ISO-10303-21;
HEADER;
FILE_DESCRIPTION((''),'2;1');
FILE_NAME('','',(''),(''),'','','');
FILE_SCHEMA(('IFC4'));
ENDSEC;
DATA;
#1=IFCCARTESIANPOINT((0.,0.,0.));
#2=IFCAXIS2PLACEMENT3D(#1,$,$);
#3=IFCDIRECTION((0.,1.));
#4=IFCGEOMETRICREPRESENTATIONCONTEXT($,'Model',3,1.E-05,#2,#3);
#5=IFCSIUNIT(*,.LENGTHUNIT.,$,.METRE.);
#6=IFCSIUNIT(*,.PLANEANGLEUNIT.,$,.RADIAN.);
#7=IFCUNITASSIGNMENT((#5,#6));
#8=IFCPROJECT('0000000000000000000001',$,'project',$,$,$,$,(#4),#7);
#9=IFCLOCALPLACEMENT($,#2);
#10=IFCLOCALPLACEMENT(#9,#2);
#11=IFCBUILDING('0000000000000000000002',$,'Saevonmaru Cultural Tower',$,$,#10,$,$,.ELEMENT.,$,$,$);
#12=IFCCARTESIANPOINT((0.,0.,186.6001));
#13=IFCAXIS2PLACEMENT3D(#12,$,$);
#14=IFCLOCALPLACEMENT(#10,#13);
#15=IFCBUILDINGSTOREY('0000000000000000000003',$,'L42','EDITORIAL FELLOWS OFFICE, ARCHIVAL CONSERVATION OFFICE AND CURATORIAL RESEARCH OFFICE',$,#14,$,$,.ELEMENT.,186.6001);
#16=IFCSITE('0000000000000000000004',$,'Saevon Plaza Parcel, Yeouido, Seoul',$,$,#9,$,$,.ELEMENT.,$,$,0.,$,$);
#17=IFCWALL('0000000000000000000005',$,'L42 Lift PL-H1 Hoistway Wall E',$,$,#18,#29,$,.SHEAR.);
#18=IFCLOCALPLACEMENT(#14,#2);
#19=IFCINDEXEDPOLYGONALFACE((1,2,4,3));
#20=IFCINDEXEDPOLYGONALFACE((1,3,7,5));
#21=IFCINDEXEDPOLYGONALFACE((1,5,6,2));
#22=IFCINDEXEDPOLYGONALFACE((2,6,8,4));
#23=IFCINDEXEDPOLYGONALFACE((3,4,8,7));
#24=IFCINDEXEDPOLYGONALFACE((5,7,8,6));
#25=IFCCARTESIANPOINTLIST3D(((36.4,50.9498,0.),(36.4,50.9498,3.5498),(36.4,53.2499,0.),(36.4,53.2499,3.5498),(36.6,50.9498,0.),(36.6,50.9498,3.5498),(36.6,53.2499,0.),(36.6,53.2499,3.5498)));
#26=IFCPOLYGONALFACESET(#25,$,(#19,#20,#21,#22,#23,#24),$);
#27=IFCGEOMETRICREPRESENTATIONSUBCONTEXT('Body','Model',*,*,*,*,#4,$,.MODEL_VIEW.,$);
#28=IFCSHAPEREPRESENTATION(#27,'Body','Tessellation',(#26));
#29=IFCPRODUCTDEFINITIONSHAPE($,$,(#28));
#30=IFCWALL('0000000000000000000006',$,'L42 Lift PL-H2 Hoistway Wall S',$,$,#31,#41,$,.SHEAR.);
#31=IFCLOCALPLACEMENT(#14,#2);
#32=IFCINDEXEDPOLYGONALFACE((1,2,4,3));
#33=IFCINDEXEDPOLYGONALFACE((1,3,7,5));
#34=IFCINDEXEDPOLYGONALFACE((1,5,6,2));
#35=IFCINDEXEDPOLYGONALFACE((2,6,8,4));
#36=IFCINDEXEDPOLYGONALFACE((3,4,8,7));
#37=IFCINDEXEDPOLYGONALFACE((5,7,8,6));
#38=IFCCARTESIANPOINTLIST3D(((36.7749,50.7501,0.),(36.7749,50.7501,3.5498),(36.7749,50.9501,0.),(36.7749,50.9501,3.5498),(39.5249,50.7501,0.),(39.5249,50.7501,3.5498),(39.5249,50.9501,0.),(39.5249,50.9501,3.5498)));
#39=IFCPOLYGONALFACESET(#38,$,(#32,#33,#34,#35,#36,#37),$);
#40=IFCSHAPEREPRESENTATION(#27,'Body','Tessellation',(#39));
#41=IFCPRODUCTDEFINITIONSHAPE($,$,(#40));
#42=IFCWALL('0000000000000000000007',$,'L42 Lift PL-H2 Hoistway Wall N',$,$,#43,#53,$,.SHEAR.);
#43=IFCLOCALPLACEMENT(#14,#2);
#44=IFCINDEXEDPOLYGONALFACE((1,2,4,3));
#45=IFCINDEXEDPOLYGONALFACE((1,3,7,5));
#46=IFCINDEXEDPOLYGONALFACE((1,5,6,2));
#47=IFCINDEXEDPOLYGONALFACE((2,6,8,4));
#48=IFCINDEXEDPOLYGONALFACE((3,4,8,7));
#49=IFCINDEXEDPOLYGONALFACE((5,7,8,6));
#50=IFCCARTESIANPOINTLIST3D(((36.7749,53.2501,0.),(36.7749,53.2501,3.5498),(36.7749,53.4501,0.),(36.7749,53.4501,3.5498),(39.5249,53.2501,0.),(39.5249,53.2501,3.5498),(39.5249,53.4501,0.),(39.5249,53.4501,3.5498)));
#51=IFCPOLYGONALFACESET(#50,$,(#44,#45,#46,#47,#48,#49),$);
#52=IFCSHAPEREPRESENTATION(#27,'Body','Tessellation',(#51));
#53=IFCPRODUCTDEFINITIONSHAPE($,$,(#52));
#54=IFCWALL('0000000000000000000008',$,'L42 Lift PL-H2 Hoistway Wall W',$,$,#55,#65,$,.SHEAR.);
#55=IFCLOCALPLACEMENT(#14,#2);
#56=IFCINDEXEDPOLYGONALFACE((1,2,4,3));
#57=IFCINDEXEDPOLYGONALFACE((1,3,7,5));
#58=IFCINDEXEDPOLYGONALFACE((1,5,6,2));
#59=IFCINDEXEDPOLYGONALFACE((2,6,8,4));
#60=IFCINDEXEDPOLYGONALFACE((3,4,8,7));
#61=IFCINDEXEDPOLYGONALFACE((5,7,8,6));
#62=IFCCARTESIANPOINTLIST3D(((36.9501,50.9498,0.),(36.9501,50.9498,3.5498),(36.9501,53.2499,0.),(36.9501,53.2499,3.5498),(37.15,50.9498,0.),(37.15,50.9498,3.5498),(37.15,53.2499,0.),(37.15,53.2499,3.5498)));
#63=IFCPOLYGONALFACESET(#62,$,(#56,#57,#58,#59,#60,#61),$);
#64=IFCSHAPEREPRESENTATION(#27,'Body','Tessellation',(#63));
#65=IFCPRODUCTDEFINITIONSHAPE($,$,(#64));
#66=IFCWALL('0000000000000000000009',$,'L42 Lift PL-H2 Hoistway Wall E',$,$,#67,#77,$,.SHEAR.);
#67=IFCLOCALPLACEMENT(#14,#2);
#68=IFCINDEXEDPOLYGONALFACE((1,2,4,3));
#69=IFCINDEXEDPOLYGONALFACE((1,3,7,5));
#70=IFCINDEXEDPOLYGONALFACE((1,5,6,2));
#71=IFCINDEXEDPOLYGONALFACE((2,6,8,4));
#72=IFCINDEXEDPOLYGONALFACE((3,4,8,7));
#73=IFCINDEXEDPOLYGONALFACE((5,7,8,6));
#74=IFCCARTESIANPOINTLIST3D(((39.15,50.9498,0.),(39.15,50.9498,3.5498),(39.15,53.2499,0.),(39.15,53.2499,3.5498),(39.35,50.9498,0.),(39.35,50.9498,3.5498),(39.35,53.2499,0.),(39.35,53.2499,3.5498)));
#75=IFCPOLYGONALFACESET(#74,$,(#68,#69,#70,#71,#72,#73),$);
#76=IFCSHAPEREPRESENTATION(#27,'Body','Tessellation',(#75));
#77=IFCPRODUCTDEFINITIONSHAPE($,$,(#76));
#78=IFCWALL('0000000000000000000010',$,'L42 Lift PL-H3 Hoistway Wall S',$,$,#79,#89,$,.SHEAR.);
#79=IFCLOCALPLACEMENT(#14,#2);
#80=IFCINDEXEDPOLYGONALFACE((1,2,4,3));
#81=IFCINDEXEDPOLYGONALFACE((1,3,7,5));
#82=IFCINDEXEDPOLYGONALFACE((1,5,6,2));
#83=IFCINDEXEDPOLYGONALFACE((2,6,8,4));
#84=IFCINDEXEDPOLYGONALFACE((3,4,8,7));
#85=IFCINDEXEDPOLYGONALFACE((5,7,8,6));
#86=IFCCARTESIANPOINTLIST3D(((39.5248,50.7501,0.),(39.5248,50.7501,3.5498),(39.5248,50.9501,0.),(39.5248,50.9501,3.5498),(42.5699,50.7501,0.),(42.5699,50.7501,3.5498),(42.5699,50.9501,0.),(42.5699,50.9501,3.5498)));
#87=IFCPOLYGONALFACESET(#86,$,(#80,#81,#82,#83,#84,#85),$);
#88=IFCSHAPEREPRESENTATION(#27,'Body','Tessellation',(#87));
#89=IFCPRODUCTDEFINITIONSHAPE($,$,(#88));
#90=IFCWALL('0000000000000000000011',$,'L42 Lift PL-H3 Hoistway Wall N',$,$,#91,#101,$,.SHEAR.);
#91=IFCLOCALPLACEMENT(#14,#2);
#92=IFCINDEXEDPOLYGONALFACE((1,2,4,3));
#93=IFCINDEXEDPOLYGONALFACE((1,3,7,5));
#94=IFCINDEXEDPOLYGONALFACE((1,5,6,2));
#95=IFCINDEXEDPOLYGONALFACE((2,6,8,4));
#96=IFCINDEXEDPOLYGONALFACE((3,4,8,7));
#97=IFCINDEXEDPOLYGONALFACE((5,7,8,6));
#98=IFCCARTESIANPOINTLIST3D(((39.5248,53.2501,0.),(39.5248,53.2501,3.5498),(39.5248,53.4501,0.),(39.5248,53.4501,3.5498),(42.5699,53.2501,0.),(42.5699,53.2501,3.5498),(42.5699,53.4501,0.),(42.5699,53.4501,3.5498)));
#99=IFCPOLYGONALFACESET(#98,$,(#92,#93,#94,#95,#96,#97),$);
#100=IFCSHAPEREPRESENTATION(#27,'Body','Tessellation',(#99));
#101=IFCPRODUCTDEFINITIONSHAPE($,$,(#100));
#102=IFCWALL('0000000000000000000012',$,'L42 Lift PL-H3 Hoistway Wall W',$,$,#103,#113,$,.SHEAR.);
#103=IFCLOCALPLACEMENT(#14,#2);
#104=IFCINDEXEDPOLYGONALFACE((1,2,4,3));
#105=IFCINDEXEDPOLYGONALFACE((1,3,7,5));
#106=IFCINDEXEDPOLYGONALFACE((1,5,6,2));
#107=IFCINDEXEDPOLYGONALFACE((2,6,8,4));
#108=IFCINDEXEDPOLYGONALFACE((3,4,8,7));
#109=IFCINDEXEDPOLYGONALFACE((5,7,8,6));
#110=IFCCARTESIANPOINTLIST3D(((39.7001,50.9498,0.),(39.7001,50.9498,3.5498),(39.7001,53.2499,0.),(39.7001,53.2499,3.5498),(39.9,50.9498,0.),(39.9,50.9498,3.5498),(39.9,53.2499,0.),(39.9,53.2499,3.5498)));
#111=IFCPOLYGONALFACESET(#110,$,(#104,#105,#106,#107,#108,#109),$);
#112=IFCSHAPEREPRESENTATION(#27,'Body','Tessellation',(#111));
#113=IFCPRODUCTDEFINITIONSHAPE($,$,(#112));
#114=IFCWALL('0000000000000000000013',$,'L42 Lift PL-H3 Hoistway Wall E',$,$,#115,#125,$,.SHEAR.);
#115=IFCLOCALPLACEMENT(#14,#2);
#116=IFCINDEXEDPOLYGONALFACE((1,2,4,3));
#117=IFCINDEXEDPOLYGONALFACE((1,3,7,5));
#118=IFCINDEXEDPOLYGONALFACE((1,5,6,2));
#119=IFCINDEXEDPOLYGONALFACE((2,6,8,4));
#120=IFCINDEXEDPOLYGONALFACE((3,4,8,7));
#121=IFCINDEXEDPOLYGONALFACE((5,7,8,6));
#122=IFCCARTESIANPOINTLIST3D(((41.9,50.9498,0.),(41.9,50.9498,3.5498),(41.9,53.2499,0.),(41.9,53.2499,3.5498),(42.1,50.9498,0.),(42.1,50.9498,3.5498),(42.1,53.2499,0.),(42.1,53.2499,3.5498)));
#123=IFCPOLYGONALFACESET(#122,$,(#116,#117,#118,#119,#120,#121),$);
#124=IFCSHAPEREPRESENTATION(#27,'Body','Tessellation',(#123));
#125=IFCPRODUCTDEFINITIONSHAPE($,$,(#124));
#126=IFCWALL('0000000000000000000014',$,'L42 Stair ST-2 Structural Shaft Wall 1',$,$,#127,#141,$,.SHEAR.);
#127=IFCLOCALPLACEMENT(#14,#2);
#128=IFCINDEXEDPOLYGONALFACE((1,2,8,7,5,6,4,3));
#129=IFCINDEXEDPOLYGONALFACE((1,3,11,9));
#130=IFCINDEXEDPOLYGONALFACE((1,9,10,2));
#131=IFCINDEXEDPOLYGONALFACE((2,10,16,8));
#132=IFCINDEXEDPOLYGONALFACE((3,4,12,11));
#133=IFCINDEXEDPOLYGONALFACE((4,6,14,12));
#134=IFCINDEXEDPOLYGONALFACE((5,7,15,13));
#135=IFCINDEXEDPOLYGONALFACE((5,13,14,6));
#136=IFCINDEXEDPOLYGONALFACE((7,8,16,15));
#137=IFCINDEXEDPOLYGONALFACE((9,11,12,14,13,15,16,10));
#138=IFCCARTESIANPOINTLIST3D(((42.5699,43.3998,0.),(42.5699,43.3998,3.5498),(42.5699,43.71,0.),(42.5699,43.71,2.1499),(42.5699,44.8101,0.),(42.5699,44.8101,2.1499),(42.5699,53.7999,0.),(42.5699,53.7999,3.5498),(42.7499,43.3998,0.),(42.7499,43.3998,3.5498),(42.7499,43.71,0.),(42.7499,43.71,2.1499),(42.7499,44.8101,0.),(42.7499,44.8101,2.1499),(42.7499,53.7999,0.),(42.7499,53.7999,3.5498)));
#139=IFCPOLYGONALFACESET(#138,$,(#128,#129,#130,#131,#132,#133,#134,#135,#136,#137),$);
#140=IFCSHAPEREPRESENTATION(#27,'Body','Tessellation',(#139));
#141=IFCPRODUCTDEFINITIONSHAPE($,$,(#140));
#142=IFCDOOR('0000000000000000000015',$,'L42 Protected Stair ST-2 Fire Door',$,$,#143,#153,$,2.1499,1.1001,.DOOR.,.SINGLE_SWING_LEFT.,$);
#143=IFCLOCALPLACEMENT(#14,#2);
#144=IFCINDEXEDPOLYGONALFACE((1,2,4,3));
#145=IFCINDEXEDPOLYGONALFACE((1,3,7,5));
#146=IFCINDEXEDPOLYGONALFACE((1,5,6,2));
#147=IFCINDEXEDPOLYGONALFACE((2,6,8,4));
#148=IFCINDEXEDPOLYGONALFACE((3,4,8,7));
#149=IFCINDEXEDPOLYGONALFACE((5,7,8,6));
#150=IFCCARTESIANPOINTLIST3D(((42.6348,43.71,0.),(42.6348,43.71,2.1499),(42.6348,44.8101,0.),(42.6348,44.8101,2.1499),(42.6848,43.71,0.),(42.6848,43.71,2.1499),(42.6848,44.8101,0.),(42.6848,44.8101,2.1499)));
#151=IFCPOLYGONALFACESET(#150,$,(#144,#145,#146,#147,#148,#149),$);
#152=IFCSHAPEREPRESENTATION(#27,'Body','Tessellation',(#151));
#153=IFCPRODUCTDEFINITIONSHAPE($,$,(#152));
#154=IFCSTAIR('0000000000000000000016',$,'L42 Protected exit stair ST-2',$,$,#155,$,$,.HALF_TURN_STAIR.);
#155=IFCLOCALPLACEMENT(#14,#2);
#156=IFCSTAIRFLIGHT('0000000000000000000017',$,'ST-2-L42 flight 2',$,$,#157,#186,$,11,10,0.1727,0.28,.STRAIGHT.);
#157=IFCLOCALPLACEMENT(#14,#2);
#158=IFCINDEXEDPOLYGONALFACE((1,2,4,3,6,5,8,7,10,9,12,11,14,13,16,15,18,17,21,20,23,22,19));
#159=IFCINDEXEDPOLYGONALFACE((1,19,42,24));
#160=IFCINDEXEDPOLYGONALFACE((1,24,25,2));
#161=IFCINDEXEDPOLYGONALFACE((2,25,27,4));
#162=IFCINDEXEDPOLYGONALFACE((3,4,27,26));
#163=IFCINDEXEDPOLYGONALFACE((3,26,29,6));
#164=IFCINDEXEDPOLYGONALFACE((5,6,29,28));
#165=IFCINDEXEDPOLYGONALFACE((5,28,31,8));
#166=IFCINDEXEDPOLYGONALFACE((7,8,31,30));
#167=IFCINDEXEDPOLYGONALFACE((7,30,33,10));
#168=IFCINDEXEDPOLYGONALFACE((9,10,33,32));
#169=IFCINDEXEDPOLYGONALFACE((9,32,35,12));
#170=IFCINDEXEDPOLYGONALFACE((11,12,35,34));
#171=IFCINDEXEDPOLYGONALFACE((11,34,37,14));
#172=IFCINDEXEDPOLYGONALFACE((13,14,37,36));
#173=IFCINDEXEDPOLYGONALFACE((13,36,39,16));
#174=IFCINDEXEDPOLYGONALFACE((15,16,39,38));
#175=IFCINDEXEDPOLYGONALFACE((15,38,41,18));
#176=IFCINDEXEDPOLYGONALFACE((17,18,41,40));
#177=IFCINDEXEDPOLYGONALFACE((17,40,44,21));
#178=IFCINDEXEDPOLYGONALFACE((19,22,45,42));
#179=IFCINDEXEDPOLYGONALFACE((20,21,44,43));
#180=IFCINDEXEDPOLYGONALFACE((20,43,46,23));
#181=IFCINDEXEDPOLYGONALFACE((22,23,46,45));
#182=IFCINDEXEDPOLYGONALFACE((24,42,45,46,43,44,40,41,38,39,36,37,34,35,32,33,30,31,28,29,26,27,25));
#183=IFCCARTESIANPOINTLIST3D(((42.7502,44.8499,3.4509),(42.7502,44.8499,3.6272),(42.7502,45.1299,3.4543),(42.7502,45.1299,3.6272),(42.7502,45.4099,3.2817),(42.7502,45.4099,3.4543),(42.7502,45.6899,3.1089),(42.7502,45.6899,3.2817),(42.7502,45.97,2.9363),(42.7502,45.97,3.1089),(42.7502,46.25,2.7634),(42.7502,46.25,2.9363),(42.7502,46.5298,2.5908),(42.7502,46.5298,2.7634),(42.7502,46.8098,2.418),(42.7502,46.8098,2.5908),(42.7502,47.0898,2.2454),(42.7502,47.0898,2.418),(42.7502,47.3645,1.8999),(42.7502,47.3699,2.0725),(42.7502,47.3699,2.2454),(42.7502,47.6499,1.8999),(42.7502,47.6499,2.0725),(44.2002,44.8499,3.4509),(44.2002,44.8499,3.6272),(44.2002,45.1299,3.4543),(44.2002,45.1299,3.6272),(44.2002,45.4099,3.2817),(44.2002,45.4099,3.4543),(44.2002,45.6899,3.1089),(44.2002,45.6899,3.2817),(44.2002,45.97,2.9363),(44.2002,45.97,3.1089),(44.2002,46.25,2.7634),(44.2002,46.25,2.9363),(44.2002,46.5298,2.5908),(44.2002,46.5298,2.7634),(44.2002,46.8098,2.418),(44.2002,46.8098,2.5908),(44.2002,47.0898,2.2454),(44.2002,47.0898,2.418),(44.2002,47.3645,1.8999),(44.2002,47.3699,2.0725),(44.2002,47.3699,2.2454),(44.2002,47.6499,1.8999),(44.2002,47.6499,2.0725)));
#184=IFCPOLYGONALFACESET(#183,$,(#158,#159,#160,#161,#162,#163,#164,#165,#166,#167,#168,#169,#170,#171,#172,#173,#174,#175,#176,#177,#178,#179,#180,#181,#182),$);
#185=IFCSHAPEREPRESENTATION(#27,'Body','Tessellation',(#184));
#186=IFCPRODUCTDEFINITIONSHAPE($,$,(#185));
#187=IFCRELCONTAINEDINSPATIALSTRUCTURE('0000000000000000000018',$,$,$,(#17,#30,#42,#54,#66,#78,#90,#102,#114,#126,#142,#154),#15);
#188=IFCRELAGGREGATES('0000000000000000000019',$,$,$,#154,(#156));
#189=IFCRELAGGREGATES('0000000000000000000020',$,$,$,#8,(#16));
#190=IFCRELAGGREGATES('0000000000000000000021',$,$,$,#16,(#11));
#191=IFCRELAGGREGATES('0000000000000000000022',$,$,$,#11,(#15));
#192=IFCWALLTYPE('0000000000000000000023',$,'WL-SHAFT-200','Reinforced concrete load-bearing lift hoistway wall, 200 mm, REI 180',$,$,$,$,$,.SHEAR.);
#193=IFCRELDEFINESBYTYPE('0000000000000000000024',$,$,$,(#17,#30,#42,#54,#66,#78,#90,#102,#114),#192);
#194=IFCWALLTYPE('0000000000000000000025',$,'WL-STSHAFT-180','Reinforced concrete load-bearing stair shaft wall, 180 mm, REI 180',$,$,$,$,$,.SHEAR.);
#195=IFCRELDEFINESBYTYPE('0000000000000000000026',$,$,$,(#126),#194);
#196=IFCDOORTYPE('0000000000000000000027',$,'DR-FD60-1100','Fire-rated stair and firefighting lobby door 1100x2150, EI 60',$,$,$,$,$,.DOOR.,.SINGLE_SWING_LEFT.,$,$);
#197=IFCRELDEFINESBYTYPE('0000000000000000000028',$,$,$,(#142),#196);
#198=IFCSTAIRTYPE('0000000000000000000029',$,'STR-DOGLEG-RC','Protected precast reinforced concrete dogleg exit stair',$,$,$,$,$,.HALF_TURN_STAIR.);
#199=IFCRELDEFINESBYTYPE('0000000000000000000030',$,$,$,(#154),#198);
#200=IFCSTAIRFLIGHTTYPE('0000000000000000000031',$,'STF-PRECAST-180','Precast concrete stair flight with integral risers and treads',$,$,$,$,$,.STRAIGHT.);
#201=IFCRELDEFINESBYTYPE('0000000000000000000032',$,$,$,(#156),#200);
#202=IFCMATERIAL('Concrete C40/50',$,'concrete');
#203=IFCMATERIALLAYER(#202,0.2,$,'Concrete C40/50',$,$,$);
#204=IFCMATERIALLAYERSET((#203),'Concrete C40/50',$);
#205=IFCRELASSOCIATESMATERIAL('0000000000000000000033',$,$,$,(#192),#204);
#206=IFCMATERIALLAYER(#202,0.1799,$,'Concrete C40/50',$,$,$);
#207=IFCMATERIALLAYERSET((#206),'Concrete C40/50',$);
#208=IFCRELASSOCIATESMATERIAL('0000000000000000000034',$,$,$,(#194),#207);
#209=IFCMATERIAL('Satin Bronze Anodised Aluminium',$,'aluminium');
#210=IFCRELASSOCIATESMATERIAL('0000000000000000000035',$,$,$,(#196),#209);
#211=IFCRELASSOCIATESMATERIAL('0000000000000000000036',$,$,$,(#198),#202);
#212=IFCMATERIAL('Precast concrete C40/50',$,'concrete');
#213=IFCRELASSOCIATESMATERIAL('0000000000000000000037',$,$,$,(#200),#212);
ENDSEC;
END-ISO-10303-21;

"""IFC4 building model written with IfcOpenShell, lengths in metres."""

from ifc_helpers import new_model, si_unit, direction, frame, frame_2d, origin, place, context, subcontext, project, spatial, polyline, rectangle, outline, extrude, material, layer, layer_set, type_object, element, fill, aggregate, save


model = new_model("IFC4")

# Units and contexts
model_context = context("Model", 3, precision=1e-05, world=origin(), true_north=direction((0.0, 1.0)))
body_context = subcontext(model_context, "Body", "Model", "MODEL_VIEW")
ifc_project = project(units=[si_unit("LENGTHUNIT", "METRE"), si_unit("PLANEANGLEUNIT", "RADIAN")], contexts=[model_context])

# Site, building, storey
site_placement = place(None, origin())
site = spatial("IfcSite", under=ifc_project, at=site_placement, Name="Saevon Plaza Parcel, Yeouido, Seoul", CompositionType="ELEMENT", RefElevation=0.0)
building_placement = place(site_placement, origin())
building = spatial("IfcBuilding", under=site, at=building_placement, Name="Saevonmaru Cultural Tower", CompositionType="ELEMENT")
storey_placement = place(building_placement, frame((0.0, 0.0, 186.6001)))
storey = spatial("IfcBuildingStorey", under=building, at=storey_placement, Name="L42", Description="EDITORIAL FELLOWS OFFICE, ARCHIVAL CONSERVATION OFFICE AND CURATORIAL RESEARCH OFFICE", CompositionType="ELEMENT", Elevation=186.6001)

# Shared definitions
ifc_material_1 = material(Name="Satin Bronze Anodised Aluminium", Category="aluminium")

# Walls
ifc_material_2 = material(Name="Concrete C40/50", Category="concrete")
ifc_layer_1 = layer(ifc_material_2, 0.2, Name="Concrete C40/50")
ifc_layer_set_1 = layer_set([ifc_layer_1], Name="Concrete C40/50")
wall_type_1 = type_object("IfcWallType", Name="WL-SHAFT-200", Description="Reinforced concrete load-bearing lift hoistway wall, 200 mm, REI 180", PredefinedType="SHEAR", material=ifc_layer_set_1)
for number, where, z_axis, x_axis, name in (
    (1, (36.5, 50.95, 0.0), (0.0, 0.0, 1.0), (0.0, 1.0, 0.0), "L42 Lift PL-H1 Hoistway Wall E"),
):
    element("IfcWall", number, at=place(storey_placement, frame(where, z_axis=z_axis, x_axis=x_axis)), inside=storey, type_object=wall_type_1, Name=name, PredefinedType="SHEAR", context=body_context, shape_type="SweptSolid", body=[
        extrude(rectangle(XDim=2.3, YDim=0.2, at=frame_2d((1.1499, 0.0))), origin(), (0.0, 0.0, 1.0), 3.5498),
    ])
for number, where, z_axis, x_axis, name in (
    (2, (36.7749, 50.8501, 0.0), (0.0, 0.0, 1.0), (1.0, 0.0, 0.0), "L42 Lift PL-H2 Hoistway Wall S"),
    (3, (36.7749, 53.3501, 0.0), (0.0, 0.0, 1.0), (1.0, 0.0, 0.0), "L42 Lift PL-H2 Hoistway Wall N"),
):
    element("IfcWall", number, at=place(storey_placement, frame(where, z_axis=z_axis, x_axis=x_axis)), inside=storey, type_object=wall_type_1, Name=name, PredefinedType="SHEAR", context=body_context, shape_type="SweptSolid", body=[
        extrude(rectangle(XDim=2.75, YDim=0.2, at=frame_2d((1.375, 0.0))), origin(), (0.0, 0.0, 1.0), 3.5498),
    ])
for number, where, z_axis, x_axis, name in (
    (4, (37.05, 50.95, 0.0), (0.0, 0.0, 1.0), (0.0, 1.0, 0.0), "L42 Lift PL-H2 Hoistway Wall W"),
    (5, (39.25, 50.95, 0.0), (0.0, 0.0, 1.0), (0.0, 1.0, 0.0), "L42 Lift PL-H2 Hoistway Wall E"),
):
    element("IfcWall", number, at=place(storey_placement, frame(where, z_axis=z_axis, x_axis=x_axis)), inside=storey, type_object=wall_type_1, Name=name, PredefinedType="SHEAR", context=body_context, shape_type="SweptSolid", body=[
        extrude(rectangle(XDim=2.3, YDim=0.2, at=frame_2d((1.1499, 0.0))), origin(), (0.0, 0.0, 1.0), 3.5498),
    ])
for number, where, z_axis, x_axis, name in (
    (6, (39.5249, 50.8501, 0.0), (0.0, 0.0, 1.0), (1.0, 0.0, 0.0), "L42 Lift PL-H3 Hoistway Wall S"),
    (7, (39.5249, 53.3501, 0.0), (0.0, 0.0, 1.0), (1.0, 0.0, 0.0), "L42 Lift PL-H3 Hoistway Wall N"),
):
    element("IfcWall", number, at=place(storey_placement, frame(where, z_axis=z_axis, x_axis=x_axis)), inside=storey, type_object=wall_type_1, Name=name, PredefinedType="SHEAR", context=body_context, shape_type="SweptSolid", body=[
        extrude(rectangle(XDim=3.0452, YDim=0.2, at=frame_2d((1.5225, 0.0))), origin(), (0.0, 0.0, 1.0), 3.5498),
    ])
for number, where, z_axis, x_axis, name in (
    (8, (39.8, 50.95, 0.0), (0.0, 0.0, 1.0), (0.0, 1.0, 0.0), "L42 Lift PL-H3 Hoistway Wall W"),
    (9, (42.0, 50.95, 0.0), (0.0, 0.0, 1.0), (0.0, 1.0, 0.0), "L42 Lift PL-H3 Hoistway Wall E"),
):
    element("IfcWall", number, at=place(storey_placement, frame(where, z_axis=z_axis, x_axis=x_axis)), inside=storey, type_object=wall_type_1, Name=name, PredefinedType="SHEAR", context=body_context, shape_type="SweptSolid", body=[
        extrude(rectangle(XDim=2.3, YDim=0.2, at=frame_2d((1.1499, 0.0))), origin(), (0.0, 0.0, 1.0), 3.5498),
    ])

# Wall, opening, door
ifc_layer_2 = layer(ifc_material_2, 0.1799, Name="Concrete C40/50")
ifc_layer_set_2 = layer_set([ifc_layer_2], Name="Concrete C40/50")
wall_type_2 = type_object("IfcWallType", Name="WL-STSHAFT-180", Description="Reinforced concrete load-bearing stair shaft wall, 180 mm, REI 180", PredefinedType="SHEAR", material=ifc_layer_set_2)
wall_1_placement = place(storey_placement, frame((42.6599, 53.8, 0.0), z_axis=(0.0, 0.0, 1.0), x_axis=(0.0, -1.0, 0.0)))
wall_1 = element("IfcWall", 10, at=wall_1_placement, inside=storey, type_object=wall_type_2, Name="L42 Stair ST-2 Structural Shaft Wall 1", PredefinedType="SHEAR", context=body_context, shape_type="SweptSolid", body=[
    extrude(rectangle(XDim=10.4001, YDim=0.1799, at=frame_2d((5.2002, 0.0))), origin(), (0.0, 0.0, 1.0), 3.5498),
])
opening_placement = place(wall_1_placement, frame((8.99, 0.0, 0.0)))
opening = element("IfcOpeningElement", 11, at=opening_placement, cuts=wall_1, PredefinedType="OPENING", context=body_context, shape_type="SweptSolid", body=[
    extrude(rectangle(XDim=1.1001, YDim=2.1499, at=frame_2d((0.55, 1.075))), frame((0.0, 0.1001, 0.0), z_axis=(0.0, -1.0, 0.0), x_axis=(1.0, 0.0, 0.0)), (0.0, 0.0, 1.0), 0.2),
])
door_type = type_object("IfcDoorType", Name="DR-FD60-1100", Description="Fire-rated stair and firefighting lobby door 1100x2150, EI 60", OperationType="SINGLE_SWING_LEFT", PredefinedType="DOOR", material=ifc_material_1)
door_placement = place(opening_placement, origin())
door = element("IfcDoor", 12, at=door_placement, inside=storey, type_object=door_type, Name="L42 Protected Stair ST-2 Fire Door", OperationType="SINGLE_SWING_LEFT", OverallHeight=2.1499, OverallWidth=1.1001, PredefinedType="DOOR", context=body_context, shape_type="SweptSolid", body=[
    extrude(rectangle(XDim=1.1001, YDim=2.1499, at=frame_2d((0.55, 1.075))), frame((0.0, 0.0249, 0.0), z_axis=(0.0, -1.0, 0.0), x_axis=(1.0, 0.0, 0.0)), (0.0, 0.0, 1.0), 0.05),
])
fill(opening, door)

# Stair, stair flight
stair_type = type_object("IfcStairType", Name="STR-DOGLEG-RC", Description="Protected precast reinforced concrete dogleg exit stair", PredefinedType="HALF_TURN_STAIR", material=ifc_material_2)
stair_placement = place(storey_placement, origin())
stair = element("IfcStair", 13, at=stair_placement, inside=storey, type_object=stair_type, Name="L42 Protected exit stair ST-2", PredefinedType="HALF_TURN_STAIR")
ifc_material_3 = material(Name="Precast concrete C40/50", Category="concrete")
stair_flight_type = type_object("IfcStairFlightType", Name="STF-PRECAST-180", Description="Precast concrete stair flight with integral risers and treads", PredefinedType="STRAIGHT", material=ifc_material_3)
stair_flight_placement = place(storey_placement, frame((43.4751, 47.6499, 1.8999), z_axis=(0.0, 0.0, 1.0), x_axis=(0.0, -1.0, 0.0)))
stair_flight = element("IfcStairFlight", 14, at=stair_flight_placement, type_object=stair_flight_type, Name="ST-2-L42 flight 2", NumberOfRisers=11, NumberOfTreads=10, PredefinedType="STRAIGHT", RiserHeight=0.1727, TreadLength=0.28, context=body_context, shape_type="SweptSolid", body=[
    extrude(outline(polyline([(0.0, 0.0), (0.0, 0.1726), (0.28, 0.1726), (0.28, 0.3455), (0.5601, 0.3455), (0.5601, 0.5181), (0.8401, 0.5181), (0.8401, 0.6909), (1.1201, 0.6909), (1.1201, 0.8635), (1.3999, 0.8635), (1.3999, 1.0364), (1.6799, 1.0364), (1.6799, 1.209), (1.96, 1.209), (1.96, 1.3818), (2.24, 1.3818), (2.24, 1.5544), (2.52, 1.5544), (2.52, 1.7273), (2.8, 1.7273), (2.8, 1.8999), (2.8, 1.551), (0.2854, 0.0), (0.0, 0.0)])), frame((0.0, 0.7251, 0.0), z_axis=(0.0, -1.0, 0.0), x_axis=(1.0, 0.0, 0.0)), (0.0, 0.0, 1.0), 1.45),
])
aggregate(stair, [stair_flight])

save(model, "model.ifc")
